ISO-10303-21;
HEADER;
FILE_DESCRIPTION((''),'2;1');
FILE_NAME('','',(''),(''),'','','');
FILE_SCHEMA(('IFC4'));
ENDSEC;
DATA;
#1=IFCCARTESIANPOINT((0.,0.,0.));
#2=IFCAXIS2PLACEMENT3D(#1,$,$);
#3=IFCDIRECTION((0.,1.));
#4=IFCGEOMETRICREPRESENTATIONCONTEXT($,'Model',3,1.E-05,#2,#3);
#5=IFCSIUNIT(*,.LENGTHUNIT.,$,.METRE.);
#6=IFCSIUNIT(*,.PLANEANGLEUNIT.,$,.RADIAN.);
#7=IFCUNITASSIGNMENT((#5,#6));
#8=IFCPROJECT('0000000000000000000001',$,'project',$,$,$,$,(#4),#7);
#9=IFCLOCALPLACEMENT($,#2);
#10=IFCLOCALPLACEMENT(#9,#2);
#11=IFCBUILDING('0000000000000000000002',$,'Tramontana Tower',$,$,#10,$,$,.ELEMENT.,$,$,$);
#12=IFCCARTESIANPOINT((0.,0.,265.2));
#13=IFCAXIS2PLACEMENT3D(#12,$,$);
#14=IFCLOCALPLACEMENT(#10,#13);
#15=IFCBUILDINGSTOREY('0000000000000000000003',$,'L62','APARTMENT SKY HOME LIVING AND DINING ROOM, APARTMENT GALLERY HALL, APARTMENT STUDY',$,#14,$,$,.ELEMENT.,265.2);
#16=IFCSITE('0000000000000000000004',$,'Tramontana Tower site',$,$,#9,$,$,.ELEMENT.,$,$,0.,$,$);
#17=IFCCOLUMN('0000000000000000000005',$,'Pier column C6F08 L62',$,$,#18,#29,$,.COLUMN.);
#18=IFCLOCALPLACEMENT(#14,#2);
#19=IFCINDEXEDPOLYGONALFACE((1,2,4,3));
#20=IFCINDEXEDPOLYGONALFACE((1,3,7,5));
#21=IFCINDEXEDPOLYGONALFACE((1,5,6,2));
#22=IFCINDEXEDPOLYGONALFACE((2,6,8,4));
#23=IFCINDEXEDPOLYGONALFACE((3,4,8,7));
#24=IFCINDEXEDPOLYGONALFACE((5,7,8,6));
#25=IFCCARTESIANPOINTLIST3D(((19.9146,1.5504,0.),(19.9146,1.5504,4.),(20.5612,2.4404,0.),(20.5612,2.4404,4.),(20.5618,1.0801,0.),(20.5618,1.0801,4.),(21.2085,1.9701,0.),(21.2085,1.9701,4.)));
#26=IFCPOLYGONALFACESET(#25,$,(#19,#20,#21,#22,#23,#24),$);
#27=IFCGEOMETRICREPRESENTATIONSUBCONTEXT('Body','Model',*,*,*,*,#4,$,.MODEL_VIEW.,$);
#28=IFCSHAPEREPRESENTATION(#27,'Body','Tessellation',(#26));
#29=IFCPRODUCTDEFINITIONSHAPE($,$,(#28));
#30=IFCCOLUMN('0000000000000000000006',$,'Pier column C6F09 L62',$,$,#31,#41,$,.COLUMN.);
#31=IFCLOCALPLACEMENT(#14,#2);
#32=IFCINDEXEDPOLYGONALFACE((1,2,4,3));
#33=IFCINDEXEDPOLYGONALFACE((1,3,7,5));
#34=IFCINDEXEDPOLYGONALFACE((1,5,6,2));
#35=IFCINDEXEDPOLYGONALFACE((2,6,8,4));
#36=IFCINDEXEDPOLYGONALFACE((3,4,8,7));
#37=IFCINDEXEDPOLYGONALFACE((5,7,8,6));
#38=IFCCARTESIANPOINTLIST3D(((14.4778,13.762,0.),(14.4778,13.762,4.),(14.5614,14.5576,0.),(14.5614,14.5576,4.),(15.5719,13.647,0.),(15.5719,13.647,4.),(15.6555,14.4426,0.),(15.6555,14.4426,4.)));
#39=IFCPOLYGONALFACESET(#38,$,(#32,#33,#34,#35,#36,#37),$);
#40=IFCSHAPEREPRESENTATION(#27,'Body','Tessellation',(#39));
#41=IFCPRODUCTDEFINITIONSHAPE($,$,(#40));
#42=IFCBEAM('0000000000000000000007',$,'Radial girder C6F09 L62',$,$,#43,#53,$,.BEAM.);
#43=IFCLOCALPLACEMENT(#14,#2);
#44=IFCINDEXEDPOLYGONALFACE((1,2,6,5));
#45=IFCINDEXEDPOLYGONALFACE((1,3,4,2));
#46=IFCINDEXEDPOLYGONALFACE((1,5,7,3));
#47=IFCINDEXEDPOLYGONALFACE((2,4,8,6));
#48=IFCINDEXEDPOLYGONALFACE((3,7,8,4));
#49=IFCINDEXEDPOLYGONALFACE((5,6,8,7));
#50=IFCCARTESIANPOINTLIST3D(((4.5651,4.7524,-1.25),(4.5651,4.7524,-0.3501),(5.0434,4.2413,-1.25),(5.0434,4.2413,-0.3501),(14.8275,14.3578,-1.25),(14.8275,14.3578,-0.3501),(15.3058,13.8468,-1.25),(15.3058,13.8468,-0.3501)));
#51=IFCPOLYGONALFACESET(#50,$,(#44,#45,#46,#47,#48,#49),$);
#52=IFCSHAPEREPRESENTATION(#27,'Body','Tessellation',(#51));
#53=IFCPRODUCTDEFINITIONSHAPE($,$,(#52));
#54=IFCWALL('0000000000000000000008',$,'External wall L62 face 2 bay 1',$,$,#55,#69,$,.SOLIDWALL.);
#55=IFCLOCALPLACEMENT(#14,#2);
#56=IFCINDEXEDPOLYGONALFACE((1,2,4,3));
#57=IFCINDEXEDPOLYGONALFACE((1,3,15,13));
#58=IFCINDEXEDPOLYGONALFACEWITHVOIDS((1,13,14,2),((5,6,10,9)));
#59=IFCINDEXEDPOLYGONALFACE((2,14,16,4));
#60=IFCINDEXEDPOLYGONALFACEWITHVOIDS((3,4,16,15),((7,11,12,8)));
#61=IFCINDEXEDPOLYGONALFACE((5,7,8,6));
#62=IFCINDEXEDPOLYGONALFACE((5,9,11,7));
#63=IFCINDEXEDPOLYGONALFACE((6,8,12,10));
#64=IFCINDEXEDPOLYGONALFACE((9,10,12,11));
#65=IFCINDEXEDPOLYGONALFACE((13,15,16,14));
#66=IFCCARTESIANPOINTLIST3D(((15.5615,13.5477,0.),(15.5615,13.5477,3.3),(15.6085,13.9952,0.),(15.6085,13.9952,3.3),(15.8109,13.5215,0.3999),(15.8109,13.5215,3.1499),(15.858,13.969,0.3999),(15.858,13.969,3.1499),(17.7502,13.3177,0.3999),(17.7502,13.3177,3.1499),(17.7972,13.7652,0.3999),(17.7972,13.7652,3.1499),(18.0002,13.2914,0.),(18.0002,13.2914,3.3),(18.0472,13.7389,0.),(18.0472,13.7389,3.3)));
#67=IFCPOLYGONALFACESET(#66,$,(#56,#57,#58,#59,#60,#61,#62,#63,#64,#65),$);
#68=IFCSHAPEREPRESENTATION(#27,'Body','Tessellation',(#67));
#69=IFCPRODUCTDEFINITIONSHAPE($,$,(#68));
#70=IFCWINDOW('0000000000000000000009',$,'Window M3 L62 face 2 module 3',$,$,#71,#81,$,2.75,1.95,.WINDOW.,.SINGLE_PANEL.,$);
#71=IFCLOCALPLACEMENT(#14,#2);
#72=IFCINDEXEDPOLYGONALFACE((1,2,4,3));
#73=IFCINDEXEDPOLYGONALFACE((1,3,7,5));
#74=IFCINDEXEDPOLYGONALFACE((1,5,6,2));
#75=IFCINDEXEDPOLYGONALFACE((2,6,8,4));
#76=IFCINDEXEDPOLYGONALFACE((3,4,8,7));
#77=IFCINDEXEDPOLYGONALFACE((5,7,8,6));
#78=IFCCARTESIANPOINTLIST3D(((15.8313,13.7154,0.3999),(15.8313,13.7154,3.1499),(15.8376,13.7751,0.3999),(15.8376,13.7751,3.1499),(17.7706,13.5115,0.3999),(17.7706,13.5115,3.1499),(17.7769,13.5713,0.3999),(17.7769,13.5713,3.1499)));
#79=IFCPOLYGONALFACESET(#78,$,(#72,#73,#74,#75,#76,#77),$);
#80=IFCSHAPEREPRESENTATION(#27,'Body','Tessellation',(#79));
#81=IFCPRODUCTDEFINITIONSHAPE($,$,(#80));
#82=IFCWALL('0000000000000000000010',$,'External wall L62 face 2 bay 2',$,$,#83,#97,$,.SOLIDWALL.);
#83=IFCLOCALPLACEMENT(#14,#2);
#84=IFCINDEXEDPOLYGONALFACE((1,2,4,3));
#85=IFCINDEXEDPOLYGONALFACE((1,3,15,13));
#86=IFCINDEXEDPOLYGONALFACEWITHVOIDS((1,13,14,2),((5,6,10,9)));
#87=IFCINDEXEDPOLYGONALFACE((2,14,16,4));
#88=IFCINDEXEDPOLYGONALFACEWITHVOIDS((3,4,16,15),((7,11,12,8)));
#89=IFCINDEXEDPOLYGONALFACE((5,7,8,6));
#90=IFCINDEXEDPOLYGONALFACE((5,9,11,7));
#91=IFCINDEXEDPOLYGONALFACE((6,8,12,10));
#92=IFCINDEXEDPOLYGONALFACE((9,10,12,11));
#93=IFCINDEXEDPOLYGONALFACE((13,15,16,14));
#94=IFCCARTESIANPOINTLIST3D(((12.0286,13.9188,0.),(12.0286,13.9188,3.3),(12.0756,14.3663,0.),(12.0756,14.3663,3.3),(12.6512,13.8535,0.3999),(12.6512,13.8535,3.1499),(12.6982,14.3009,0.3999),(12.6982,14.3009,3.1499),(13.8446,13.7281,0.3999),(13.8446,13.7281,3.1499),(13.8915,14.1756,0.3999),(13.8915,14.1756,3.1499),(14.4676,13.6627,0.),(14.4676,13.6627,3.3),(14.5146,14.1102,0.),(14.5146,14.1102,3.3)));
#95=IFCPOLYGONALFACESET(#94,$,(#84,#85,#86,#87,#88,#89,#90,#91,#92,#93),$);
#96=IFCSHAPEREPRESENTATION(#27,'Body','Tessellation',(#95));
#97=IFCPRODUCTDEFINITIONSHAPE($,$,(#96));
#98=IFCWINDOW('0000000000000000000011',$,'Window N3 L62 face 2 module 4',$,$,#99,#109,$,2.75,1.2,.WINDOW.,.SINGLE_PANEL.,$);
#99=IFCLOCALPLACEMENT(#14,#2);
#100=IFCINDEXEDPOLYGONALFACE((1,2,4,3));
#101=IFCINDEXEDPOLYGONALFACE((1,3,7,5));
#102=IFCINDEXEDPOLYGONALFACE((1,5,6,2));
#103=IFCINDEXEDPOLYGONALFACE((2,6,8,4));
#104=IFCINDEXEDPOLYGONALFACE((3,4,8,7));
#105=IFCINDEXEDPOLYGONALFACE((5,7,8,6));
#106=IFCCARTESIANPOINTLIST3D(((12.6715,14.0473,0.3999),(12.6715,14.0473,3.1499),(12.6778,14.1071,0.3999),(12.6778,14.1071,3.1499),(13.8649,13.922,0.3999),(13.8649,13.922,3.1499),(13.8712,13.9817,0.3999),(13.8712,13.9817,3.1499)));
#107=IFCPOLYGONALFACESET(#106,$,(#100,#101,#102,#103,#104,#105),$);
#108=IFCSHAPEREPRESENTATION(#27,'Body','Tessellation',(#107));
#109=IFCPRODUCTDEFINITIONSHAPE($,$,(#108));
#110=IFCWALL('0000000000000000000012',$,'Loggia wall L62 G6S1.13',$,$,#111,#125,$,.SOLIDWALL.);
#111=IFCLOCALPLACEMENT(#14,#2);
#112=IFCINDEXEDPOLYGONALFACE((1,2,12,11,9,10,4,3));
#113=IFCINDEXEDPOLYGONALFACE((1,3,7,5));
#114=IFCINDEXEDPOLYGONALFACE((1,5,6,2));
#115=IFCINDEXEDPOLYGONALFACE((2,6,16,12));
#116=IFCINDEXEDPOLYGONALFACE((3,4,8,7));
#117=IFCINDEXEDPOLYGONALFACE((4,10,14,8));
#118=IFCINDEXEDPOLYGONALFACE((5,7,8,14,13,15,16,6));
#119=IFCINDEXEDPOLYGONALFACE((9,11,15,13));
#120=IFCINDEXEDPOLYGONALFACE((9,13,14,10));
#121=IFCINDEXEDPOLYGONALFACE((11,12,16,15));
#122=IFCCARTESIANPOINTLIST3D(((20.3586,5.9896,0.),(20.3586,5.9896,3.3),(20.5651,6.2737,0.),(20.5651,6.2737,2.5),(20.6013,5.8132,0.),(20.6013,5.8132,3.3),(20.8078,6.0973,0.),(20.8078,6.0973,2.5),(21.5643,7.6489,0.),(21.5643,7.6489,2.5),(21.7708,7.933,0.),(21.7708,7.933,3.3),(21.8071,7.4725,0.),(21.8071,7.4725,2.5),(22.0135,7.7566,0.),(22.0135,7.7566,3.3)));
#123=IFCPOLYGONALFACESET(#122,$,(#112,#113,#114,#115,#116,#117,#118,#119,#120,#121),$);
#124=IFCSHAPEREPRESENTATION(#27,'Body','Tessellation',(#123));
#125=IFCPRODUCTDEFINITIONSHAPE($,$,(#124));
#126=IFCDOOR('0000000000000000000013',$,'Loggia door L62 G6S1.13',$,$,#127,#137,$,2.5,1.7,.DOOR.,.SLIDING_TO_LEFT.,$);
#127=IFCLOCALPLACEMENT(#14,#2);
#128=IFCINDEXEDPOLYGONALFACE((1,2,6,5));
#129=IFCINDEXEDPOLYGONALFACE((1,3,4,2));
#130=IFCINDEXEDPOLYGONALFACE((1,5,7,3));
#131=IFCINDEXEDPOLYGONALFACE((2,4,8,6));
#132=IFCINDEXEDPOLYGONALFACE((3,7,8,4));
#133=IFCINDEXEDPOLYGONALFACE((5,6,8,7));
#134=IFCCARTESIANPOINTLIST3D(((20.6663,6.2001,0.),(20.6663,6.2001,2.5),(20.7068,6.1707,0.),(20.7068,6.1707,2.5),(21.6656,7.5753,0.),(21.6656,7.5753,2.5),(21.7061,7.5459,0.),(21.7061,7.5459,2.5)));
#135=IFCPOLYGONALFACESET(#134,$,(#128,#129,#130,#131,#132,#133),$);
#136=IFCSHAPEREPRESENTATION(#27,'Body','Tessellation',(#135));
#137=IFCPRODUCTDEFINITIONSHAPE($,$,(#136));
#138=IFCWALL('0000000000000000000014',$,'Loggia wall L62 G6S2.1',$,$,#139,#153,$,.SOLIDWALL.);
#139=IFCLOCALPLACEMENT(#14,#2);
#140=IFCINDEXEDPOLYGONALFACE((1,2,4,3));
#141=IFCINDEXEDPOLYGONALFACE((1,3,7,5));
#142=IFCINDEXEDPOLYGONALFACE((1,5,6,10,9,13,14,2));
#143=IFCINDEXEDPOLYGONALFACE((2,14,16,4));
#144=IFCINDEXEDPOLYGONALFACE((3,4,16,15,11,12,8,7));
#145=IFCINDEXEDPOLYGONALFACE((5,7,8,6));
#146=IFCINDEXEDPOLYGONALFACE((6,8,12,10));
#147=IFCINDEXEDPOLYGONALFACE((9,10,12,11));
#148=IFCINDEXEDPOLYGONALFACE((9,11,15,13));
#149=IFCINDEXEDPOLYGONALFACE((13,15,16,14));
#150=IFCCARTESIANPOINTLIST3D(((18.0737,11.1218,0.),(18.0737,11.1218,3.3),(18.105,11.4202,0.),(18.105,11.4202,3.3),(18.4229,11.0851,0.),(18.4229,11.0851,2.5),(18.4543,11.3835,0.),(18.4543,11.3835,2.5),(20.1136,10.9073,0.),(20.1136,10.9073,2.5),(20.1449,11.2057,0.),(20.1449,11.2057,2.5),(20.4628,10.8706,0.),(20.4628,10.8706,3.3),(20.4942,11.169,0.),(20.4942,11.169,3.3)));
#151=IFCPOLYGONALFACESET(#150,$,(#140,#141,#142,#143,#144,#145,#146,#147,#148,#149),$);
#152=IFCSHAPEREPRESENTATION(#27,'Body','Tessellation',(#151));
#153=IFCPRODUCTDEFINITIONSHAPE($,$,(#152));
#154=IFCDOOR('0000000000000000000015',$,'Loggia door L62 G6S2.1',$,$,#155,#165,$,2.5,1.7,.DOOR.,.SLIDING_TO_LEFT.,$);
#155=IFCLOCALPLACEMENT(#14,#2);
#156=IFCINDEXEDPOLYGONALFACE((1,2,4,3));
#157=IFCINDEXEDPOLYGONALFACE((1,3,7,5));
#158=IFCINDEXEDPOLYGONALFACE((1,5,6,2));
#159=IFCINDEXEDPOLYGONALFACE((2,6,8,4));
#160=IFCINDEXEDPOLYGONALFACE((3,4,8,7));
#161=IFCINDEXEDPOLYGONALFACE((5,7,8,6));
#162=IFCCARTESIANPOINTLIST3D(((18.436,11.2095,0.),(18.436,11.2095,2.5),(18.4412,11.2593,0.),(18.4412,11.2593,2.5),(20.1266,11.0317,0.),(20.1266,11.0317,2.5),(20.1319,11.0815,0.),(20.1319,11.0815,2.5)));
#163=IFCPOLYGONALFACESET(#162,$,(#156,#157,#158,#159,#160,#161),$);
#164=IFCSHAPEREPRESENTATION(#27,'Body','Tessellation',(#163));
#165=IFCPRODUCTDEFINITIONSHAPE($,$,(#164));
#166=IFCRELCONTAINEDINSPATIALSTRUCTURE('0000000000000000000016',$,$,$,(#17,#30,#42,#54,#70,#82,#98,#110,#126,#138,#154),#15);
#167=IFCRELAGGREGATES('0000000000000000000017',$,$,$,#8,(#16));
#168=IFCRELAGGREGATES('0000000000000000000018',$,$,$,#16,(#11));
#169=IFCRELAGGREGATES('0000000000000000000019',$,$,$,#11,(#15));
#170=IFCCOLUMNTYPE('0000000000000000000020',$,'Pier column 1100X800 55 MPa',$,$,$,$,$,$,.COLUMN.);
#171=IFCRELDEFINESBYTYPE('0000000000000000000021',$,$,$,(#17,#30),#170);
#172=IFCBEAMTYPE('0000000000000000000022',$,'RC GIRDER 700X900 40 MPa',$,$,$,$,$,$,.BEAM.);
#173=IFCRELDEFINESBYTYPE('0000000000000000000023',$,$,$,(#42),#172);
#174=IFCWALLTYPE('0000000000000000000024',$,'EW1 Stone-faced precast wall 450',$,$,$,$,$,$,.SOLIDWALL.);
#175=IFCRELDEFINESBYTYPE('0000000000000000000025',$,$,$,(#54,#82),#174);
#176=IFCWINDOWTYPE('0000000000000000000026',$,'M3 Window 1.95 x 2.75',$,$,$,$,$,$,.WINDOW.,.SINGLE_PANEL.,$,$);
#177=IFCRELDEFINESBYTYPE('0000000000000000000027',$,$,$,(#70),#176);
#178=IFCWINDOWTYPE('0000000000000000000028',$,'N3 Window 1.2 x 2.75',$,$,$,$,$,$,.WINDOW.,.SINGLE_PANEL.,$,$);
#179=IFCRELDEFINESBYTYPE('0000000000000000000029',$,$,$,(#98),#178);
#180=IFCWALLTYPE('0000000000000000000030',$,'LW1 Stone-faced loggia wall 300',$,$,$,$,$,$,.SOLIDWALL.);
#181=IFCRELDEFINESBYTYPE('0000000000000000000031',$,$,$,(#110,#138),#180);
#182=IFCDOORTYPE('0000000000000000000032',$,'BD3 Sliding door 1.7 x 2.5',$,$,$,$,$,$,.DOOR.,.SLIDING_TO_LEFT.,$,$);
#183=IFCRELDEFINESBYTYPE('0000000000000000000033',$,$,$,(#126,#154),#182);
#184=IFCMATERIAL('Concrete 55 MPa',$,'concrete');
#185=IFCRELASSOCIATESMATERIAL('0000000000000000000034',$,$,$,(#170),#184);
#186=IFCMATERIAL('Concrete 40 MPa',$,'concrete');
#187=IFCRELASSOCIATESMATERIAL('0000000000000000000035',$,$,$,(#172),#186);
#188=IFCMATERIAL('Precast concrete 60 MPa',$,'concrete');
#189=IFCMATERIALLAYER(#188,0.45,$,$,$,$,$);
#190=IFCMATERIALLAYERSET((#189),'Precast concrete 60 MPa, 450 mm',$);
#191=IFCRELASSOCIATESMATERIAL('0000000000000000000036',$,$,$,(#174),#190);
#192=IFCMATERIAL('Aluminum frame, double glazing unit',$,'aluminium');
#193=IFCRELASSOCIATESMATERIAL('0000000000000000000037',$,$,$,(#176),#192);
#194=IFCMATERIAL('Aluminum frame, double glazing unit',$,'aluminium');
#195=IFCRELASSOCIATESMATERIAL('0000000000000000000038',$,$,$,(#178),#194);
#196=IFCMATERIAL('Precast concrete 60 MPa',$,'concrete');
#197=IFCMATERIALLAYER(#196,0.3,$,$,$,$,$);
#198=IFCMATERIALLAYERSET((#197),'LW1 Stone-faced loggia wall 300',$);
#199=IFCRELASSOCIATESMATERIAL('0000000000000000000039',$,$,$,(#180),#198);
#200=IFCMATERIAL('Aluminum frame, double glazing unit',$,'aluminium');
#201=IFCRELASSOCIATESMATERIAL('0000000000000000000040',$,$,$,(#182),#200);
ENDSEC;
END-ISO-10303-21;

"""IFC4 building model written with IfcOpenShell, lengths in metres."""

from ifc_helpers import new_model, si_unit, direction, frame, frame_2d, origin, origin_2d, place, context, subcontext, project, spatial, rectangle, extrude, material, layer, layer_set, material_profile, profile_set, type_object, element, fill, save


model = new_model("IFC4")

# Units and contexts
model_context = context("Model", 3, precision=1e-05, world=origin(), true_north=direction((0.0, 1.0)))
body_context = subcontext(model_context, "Body", "Model", "MODEL_VIEW")
ifc_project = project(units=[si_unit("LENGTHUNIT", "METRE"), si_unit("PLANEANGLEUNIT", "RADIAN")], contexts=[model_context])

# Site, building, storey
site_placement = place(None, origin())
site = spatial("IfcSite", under=ifc_project, at=site_placement, Name="Tramontana Tower site", CompositionType="ELEMENT", RefElevation=0.0)
building_placement = place(site_placement, origin())
building = spatial("IfcBuilding", under=site, at=building_placement, Name="Tramontana Tower", CompositionType="ELEMENT")
storey_placement = place(building_placement, frame((0.0, 0.0, 265.2)))
storey = spatial("IfcBuildingStorey", under=building, at=storey_placement, Name="L62", Description="APARTMENT SKY HOME LIVING AND DINING ROOM, APARTMENT GALLERY HALL, APARTMENT STUDY", CompositionType="ELEMENT", Elevation=265.2)

# Columns
ifc_material_1 = material(Name="Concrete 55 MPa", Category="concrete")
ifc_material_profile_1 = material_profile(ifc_material_1, rectangle(XDim=1.1001, YDim=0.8, at=origin_2d()), Name="Pier column 1100X800 55 MPa")
ifc_profile_set_1 = profile_set([ifc_material_profile_1], Name="Concrete 55 MPa")
column_type = type_object("IfcColumnType", Name="Pier column 1100X800 55 MPa", PredefinedType="COLUMN", material=ifc_profile_set_1)
for number, where, z_axis, x_axis, name in (
    (1, (20.5615, 1.7603, 0.0), (0.0, 0.0, 1.0), (0.587785, 0.809017, 0.0), "Pier column C6F08 L62"),
    (2, (15.0667, 14.1023, 0.0), (0.0, 0.0, 1.0), (-0.994522, 0.104528, 0.0), "Pier column C6F09 L62"),
):
    element("IfcColumn", number, at=place(storey_placement, frame(where, z_axis=z_axis, x_axis=x_axis)), inside=storey, type_object=column_type, Name=name, PredefinedType="COLUMN", context=body_context, shape_type="SweptSolid", body=[
        extrude(rectangle(XDim=1.1001, YDim=0.8, at=origin_2d()), origin(), (0.0, 0.0, 1.0), 4.0),
    ])

# Beam
ifc_material_2 = material(Name="Concrete 40 MPa", Category="concrete")
ifc_material_profile_2 = material_profile(ifc_material_2, rectangle(XDim=0.7, YDim=0.8999, at=origin_2d()), Name="RC GIRDER 700X900 40 MPa")
ifc_profile_set_2 = profile_set([ifc_material_profile_2], Name="Concrete 40 MPa")
beam_type = type_object("IfcBeamType", Name="RC GIRDER 700X900 40 MPa", PredefinedType="BEAM", material=ifc_profile_set_2)
beam_placement = place(storey_placement, frame((15.0667, 14.1023, -0.8), z_axis=(-0.73009, -0.683351, 0.0), x_axis=(0.683351, -0.73009, 0.0)))
element("IfcBeam", 3, at=beam_placement, inside=storey, type_object=beam_type, Name="Radial girder C6F09 L62", PredefinedType="BEAM", context=body_context, shape_type="SweptSolid", body=[
    extrude(rectangle(XDim=0.7, YDim=0.8999, at=origin_2d()), origin(), (0.0, 0.0, 1.0), 14.0564),
])

# Walls, openings, windows
ifc_material_3 = material(Name="Precast concrete 60 MPa", Category="concrete")
ifc_layer_1 = layer(ifc_material_3, 0.45)
ifc_layer_set_1 = layer_set([ifc_layer_1], Name="Precast concrete 60 MPa, 450 mm")
wall_type_1 = type_object("IfcWallType", Name="EW1 Stone-faced precast wall 450", PredefinedType="SOLIDWALL", material=ifc_layer_set_1)
wall_1_placement = place(storey_placement, frame((18.0237, 13.5151, 0.0), z_axis=(0.0, 0.0, 1.0), x_axis=(-0.994521, 0.10454, 0.0)))
wall_1 = element("IfcWall", 4, at=wall_1_placement, inside=storey, type_object=wall_type_1, Name="External wall L62 face 2 bay 1", PredefinedType="SOLIDWALL", context=body_context, shape_type="SweptSolid", body=[
    extrude(rectangle(XDim=2.4521, YDim=0.45, at=frame_2d((1.2261, 0.0))), origin(), (0.0, 0.0, 1.0), 3.3),
])
opening_1_placement = place(wall_1_placement, frame((0.2512, 0.0, 0.3999)))
opening_1 = element("IfcOpeningElement", 5, at=opening_1_placement, cuts=wall_1, PredefinedType="OPENING", context=body_context, shape_type="SweptSolid", body=[
    extrude(rectangle(XDim=1.95, YDim=2.75, at=frame_2d((0.9751, 1.375))), frame((0.0, 0.2349, 0.0), z_axis=(0.0, -1.0, 0.0), x_axis=(1.0, 0.0, 0.0)), (0.0, 0.0, 1.0), 0.47),
])
ifc_material_4 = material(Name="Aluminum frame, double glazing unit", Category="aluminium")
window_type_1 = type_object("IfcWindowType", Name="M3 Window 1.95 x 2.75", PartitioningType="SINGLE_PANEL", PredefinedType="WINDOW", material=ifc_material_4)
window_1_placement = place(opening_1_placement, origin())
window_1 = element("IfcWindow", 6, at=window_1_placement, inside=storey, type_object=window_type_1, Name="Window M3 L62 face 2 module 3", OverallHeight=2.75, OverallWidth=1.95, PartitioningType="SINGLE_PANEL", PredefinedType="WINDOW", context=body_context, shape_type="SweptSolid", body=[
    extrude(rectangle(XDim=1.95, YDim=2.75, at=frame_2d((0.9751, 1.375))), frame((0.0, 0.03, 0.0), z_axis=(0.0, -1.0, 0.0), x_axis=(1.0, 0.0, 0.0)), (0.0, 0.0, 1.0), 0.0601),
])
fill(opening_1, window_1)
wall_2_placement = place(storey_placement, frame((14.491, 13.8865, 0.0), z_axis=(0.0, 0.0, 1.0), x_axis=(-0.994532, 0.104431, 0.0)))
wall_2 = element("IfcWall", 7, at=wall_2_placement, inside=storey, type_object=wall_type_1, Name="External wall L62 face 2 bay 2", PredefinedType="SOLIDWALL", context=body_context, shape_type="SweptSolid", body=[
    extrude(rectangle(XDim=2.4524, YDim=0.45, at=frame_2d((1.2261, 0.0))), origin(), (0.0, 0.0, 1.0), 3.3),
])
opening_2_placement = place(wall_2_placement, frame((0.6262, 0.0, 0.3999)))
opening_2 = element("IfcOpeningElement", 8, at=opening_2_placement, cuts=wall_2, PredefinedType="OPENING", context=body_context, shape_type="SweptSolid", body=[
    extrude(rectangle(XDim=1.2, YDim=2.75, at=frame_2d((0.6001, 1.375))), frame((0.0, 0.2349, 0.0), z_axis=(0.0, -1.0, 0.0), x_axis=(1.0, 0.0, 0.0)), (0.0, 0.0, 1.0), 0.47),
])
ifc_material_5 = material(Name="Aluminum frame, double glazing unit", Category="aluminium")
window_type_2 = type_object("IfcWindowType", Name="N3 Window 1.2 x 2.75", PartitioningType="SINGLE_PANEL", PredefinedType="WINDOW", material=ifc_material_5)
window_2_placement = place(opening_2_placement, origin())
window_2 = element("IfcWindow", 9, at=window_2_placement, inside=storey, type_object=window_type_2, Name="Window N3 L62 face 2 module 4", OverallHeight=2.75, OverallWidth=1.2, PartitioningType="SINGLE_PANEL", PredefinedType="WINDOW", context=body_context, shape_type="SweptSolid", body=[
    extrude(rectangle(XDim=1.2, YDim=2.75, at=frame_2d((0.6001, 1.375))), frame((0.0, 0.03, 0.0), z_axis=(0.0, -1.0, 0.0), x_axis=(1.0, 0.0, 0.0)), (0.0, 0.0, 1.0), 0.0601),
])
fill(opening_2, window_2)

# Walls, openings, doors
ifc_material_6 = material(Name="Precast concrete 60 MPa", Category="concrete")
ifc_layer_2 = layer(ifc_material_6, 0.3)
ifc_layer_set_2 = layer_set([ifc_layer_2], Name="LW1 Stone-faced loggia wall 300")
wall_type_2 = type_object("IfcWallType", Name="LW1 Stone-faced loggia wall 300", PredefinedType="SOLIDWALL", material=ifc_layer_set_2)
wall_3_placement = place(storey_placement, frame((20.48, 5.9014, 0.0), z_axis=(0.0, 0.0, 1.0), x_axis=(0.587833, 0.808982, 0.0)))
wall_3 = element("IfcWall", 10, at=wall_3_placement, inside=storey, type_object=wall_type_2, Name="Loggia wall L62 G6S1.13", PredefinedType="SOLIDWALL", context=body_context, shape_type="SweptSolid", body=[
    extrude(rectangle(XDim=2.4023, YDim=0.3, at=frame_2d((1.2012, 0.0))), origin(), (0.0, 0.0, 1.0), 3.3),
])
opening_3_placement = place(wall_3_placement, frame((0.3511, 0.0, 0.0)))
opening_3 = element("IfcOpeningElement", 11, at=opening_3_placement, cuts=wall_3, PredefinedType="OPENING", context=body_context, shape_type="SweptSolid", body=[
    extrude(rectangle(XDim=1.7, YDim=2.5, at=frame_2d((0.8501, 1.25))), frame((0.0, 0.1599, 0.0), z_axis=(0.0, -1.0, 0.0), x_axis=(1.0, 0.0, 0.0)), (0.0, 0.0, 1.0), 0.3201),
])
ifc_material_7 = material(Name="Aluminum frame, double glazing unit", Category="aluminium")
door_type_1 = type_object("IfcDoorType", Name="BD3 Sliding door 1.7 x 2.5", OperationType="SLIDING_TO_LEFT", PredefinedType="DOOR", material=ifc_material_7)
door_1_placement = place(opening_3_placement, origin())
door_1 = element("IfcDoor", 12, at=door_1_placement, inside=storey, type_object=door_type_1, Name="Loggia door L62 G6S1.13", OperationType="SLIDING_TO_LEFT", OverallHeight=2.5, OverallWidth=1.7, PredefinedType="DOOR", context=body_context, shape_type="SweptSolid", body=[
    extrude(rectangle(XDim=1.7, YDim=2.5, at=frame_2d((0.8501, 1.25))), frame((0.0, 0.0249, 0.0), z_axis=(0.0, -1.0, 0.0), x_axis=(1.0, 0.0, 0.0)), (0.0, 0.0, 1.0), 0.05),
])
fill(opening_3, door_1)
wall_4_placement = place(storey_placement, frame((20.4785, 11.0198, 0.0), z_axis=(0.0, 0.0, 1.0), x_axis=(-0.994517, 0.104574, 0.0)))
wall_4 = element("IfcWall", 13, at=wall_4_placement, inside=storey, type_object=wall_type_2, Name="Loggia wall L62 G6S2.1", PredefinedType="SOLIDWALL", context=body_context, shape_type="SweptSolid", body=[
    extrude(rectangle(XDim=2.4023, YDim=0.3, at=frame_2d((1.2012, 0.0))), origin(), (0.0, 0.0, 1.0), 3.3),
])
opening_4_placement = place(wall_4_placement, frame((0.3511, 0.0, 0.0)))
opening_4 = element("IfcOpeningElement", 14, at=opening_4_placement, cuts=wall_4, PredefinedType="OPENING", context=body_context, shape_type="SweptSolid", body=[
    extrude(rectangle(XDim=1.7, YDim=2.5, at=frame_2d((0.8501, 1.25))), frame((0.0, 0.1599, 0.0), z_axis=(0.0, -1.0, 0.0), x_axis=(1.0, 0.0, 0.0)), (0.0, 0.0, 1.0), 0.3201),
])
door_2_placement = place(opening_4_placement, origin())
door_2 = element("IfcDoor", 15, at=door_2_placement, inside=storey, type_object=door_type_1, Name="Loggia door L62 G6S2.1", OperationType="SLIDING_TO_LEFT", OverallHeight=2.5, OverallWidth=1.7, PredefinedType="DOOR", context=body_context, shape_type="SweptSolid", body=[
    extrude(rectangle(XDim=1.7, YDim=2.5, at=frame_2d((0.8501, 1.25))), frame((0.0, 0.0249, 0.0), z_axis=(0.0, -1.0, 0.0), x_axis=(1.0, 0.0, 0.0)), (0.0, 0.0, 1.0), 0.05),
])
fill(opening_4, door_2)

save(model, "model.ifc")
